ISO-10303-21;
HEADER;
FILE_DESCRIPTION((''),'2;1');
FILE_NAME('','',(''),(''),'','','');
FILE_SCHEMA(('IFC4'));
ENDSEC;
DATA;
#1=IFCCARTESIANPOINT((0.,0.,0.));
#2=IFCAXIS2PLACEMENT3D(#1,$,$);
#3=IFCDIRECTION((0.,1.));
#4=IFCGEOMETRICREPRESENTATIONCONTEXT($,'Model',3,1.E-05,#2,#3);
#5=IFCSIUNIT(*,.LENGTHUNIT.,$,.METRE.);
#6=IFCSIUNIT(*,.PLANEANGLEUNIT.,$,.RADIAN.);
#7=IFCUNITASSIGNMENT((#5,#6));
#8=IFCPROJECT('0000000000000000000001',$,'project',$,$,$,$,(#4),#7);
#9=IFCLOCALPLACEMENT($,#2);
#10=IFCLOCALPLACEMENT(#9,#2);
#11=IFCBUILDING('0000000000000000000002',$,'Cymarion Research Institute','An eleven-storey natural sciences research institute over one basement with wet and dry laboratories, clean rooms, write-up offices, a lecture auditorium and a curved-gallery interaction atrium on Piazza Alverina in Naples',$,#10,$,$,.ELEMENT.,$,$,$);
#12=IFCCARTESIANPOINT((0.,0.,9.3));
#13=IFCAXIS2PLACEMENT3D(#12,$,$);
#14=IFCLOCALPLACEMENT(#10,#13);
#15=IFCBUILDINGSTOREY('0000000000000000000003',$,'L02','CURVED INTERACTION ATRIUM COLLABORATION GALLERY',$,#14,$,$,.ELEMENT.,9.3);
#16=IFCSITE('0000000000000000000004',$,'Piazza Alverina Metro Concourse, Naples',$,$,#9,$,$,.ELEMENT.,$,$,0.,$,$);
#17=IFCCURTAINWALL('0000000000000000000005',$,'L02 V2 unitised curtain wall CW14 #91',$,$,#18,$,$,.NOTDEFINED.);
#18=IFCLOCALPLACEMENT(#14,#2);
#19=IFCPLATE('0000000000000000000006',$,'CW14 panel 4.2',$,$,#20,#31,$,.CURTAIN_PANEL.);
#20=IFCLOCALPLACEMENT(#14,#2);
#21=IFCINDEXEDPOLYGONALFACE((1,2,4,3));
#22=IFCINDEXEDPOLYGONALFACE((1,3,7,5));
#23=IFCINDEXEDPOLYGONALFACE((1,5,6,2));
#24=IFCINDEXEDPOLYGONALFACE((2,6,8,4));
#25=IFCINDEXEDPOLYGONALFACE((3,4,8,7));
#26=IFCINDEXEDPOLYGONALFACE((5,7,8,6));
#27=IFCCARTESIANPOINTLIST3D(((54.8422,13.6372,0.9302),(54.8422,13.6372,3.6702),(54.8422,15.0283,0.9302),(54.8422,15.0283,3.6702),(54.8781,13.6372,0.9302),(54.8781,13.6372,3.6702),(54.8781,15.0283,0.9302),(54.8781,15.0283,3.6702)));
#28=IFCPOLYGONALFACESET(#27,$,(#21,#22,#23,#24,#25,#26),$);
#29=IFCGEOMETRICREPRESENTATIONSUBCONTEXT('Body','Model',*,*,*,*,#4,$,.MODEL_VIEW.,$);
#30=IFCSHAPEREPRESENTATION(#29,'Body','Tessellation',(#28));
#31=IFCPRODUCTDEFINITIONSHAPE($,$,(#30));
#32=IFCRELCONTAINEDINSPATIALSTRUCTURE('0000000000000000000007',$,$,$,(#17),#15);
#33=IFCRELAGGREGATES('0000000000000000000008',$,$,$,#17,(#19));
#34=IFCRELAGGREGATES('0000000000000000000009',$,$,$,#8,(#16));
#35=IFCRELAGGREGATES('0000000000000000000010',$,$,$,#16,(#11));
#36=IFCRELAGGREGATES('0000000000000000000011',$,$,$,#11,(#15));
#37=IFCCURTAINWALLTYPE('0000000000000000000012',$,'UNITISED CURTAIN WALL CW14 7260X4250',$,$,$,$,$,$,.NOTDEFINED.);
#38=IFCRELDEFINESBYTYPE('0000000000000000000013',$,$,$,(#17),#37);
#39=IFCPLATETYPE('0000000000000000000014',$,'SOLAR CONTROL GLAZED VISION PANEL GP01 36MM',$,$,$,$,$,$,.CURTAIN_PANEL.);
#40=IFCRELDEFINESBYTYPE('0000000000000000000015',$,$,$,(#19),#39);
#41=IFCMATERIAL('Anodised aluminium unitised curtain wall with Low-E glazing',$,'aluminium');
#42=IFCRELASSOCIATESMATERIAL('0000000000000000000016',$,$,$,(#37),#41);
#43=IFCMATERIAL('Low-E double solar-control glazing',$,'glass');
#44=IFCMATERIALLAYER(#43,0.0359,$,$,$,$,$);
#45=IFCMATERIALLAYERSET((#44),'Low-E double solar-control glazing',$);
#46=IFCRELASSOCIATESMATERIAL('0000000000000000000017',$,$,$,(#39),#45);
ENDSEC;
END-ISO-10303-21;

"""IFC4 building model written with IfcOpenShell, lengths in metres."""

from ifc_helpers import new_model, si_unit, direction, frame, origin, origin_2d, place, context, subcontext, project, spatial, rectangle, extrude, material, layer, layer_set, type_object, element, aggregate, save


model = new_model("IFC4")

# Units and contexts
model_context = context("Model", 3, precision=1e-05, world=origin(), true_north=direction((0.0, 1.0)))
body_context = subcontext(model_context, "Body", "Model", "MODEL_VIEW")
ifc_project = project(units=[si_unit("LENGTHUNIT", "METRE"), si_unit("PLANEANGLEUNIT", "RADIAN")], contexts=[model_context])

# Site, building, storey
site_placement = place(None, origin())
site = spatial("IfcSite", under=ifc_project, at=site_placement, Name="Piazza Alverina Metro Concourse, Naples", CompositionType="ELEMENT", RefElevation=0.0)
building_placement = place(site_placement, origin())
building = spatial("IfcBuilding", under=site, at=building_placement, Name="Cymarion Research Institute", Description="An eleven-storey natural sciences research institute over one basement with wet and dry laboratories, clean rooms, write-up offices, a lecture auditorium and a curved-gallery interaction atrium on Piazza Alverina in Naples", CompositionType="ELEMENT")
storey_placement = place(building_placement, frame((0.0, 0.0, 9.3)))
storey = spatial("IfcBuildingStorey", under=building, at=storey_placement, Name="L02", Description="CURVED INTERACTION ATRIUM COLLABORATION GALLERY", CompositionType="ELEMENT", Elevation=9.3)

# Curtain wall
ifc_material_1 = material(Name="Anodised aluminium unitised curtain wall with Low-E glazing", Category="aluminium")
curtain_wall_type = type_object("IfcCurtainWallType", Name="UNITISED CURTAIN WALL CW14 7260X4250", PredefinedType="NOTDEFINED", material=ifc_material_1)
curtain_wall_placement = place(storey_placement, origin())
curtain_wall = element("IfcCurtainWall", 1, at=curtain_wall_placement, inside=storey, type_object=curtain_wall_type, Name="L02 V2 unitised curtain wall CW14 #91", PredefinedType="NOTDEFINED")

# Plate
ifc_material_2 = material(Name="Low-E double solar-control glazing", Category="glass")
ifc_layer_1 = layer(ifc_material_2, 0.0359)
ifc_layer_set_1 = layer_set([ifc_layer_1], Name="Low-E double solar-control glazing")
plate_type_1 = type_object("IfcPlateType", Name="SOLAR CONTROL GLAZED VISION PANEL GP01 36MM", PredefinedType="CURTAIN_PANEL", material=ifc_layer_set_1)
plate_1_placement = place(storey_placement, frame((54.8601, 14.3328, 0.9302), z_axis=(0.0, 0.0, 1.0), x_axis=(0.0, -1.0, 0.0)))
plate_1 = element("IfcPlate", 2, at=plate_1_placement, type_object=plate_type_1, Name="CW14 panel 4.2", PredefinedType="CURTAIN_PANEL", context=body_context, shape_type="SweptSolid", body=[
    extrude(rectangle(XDim=1.3911, YDim=0.0359, at=origin_2d()), origin(), (0.0, 0.0, 1.0), 2.74),
])
aggregate(curtain_wall, [plate_1])

save(model, "model.ifc")
